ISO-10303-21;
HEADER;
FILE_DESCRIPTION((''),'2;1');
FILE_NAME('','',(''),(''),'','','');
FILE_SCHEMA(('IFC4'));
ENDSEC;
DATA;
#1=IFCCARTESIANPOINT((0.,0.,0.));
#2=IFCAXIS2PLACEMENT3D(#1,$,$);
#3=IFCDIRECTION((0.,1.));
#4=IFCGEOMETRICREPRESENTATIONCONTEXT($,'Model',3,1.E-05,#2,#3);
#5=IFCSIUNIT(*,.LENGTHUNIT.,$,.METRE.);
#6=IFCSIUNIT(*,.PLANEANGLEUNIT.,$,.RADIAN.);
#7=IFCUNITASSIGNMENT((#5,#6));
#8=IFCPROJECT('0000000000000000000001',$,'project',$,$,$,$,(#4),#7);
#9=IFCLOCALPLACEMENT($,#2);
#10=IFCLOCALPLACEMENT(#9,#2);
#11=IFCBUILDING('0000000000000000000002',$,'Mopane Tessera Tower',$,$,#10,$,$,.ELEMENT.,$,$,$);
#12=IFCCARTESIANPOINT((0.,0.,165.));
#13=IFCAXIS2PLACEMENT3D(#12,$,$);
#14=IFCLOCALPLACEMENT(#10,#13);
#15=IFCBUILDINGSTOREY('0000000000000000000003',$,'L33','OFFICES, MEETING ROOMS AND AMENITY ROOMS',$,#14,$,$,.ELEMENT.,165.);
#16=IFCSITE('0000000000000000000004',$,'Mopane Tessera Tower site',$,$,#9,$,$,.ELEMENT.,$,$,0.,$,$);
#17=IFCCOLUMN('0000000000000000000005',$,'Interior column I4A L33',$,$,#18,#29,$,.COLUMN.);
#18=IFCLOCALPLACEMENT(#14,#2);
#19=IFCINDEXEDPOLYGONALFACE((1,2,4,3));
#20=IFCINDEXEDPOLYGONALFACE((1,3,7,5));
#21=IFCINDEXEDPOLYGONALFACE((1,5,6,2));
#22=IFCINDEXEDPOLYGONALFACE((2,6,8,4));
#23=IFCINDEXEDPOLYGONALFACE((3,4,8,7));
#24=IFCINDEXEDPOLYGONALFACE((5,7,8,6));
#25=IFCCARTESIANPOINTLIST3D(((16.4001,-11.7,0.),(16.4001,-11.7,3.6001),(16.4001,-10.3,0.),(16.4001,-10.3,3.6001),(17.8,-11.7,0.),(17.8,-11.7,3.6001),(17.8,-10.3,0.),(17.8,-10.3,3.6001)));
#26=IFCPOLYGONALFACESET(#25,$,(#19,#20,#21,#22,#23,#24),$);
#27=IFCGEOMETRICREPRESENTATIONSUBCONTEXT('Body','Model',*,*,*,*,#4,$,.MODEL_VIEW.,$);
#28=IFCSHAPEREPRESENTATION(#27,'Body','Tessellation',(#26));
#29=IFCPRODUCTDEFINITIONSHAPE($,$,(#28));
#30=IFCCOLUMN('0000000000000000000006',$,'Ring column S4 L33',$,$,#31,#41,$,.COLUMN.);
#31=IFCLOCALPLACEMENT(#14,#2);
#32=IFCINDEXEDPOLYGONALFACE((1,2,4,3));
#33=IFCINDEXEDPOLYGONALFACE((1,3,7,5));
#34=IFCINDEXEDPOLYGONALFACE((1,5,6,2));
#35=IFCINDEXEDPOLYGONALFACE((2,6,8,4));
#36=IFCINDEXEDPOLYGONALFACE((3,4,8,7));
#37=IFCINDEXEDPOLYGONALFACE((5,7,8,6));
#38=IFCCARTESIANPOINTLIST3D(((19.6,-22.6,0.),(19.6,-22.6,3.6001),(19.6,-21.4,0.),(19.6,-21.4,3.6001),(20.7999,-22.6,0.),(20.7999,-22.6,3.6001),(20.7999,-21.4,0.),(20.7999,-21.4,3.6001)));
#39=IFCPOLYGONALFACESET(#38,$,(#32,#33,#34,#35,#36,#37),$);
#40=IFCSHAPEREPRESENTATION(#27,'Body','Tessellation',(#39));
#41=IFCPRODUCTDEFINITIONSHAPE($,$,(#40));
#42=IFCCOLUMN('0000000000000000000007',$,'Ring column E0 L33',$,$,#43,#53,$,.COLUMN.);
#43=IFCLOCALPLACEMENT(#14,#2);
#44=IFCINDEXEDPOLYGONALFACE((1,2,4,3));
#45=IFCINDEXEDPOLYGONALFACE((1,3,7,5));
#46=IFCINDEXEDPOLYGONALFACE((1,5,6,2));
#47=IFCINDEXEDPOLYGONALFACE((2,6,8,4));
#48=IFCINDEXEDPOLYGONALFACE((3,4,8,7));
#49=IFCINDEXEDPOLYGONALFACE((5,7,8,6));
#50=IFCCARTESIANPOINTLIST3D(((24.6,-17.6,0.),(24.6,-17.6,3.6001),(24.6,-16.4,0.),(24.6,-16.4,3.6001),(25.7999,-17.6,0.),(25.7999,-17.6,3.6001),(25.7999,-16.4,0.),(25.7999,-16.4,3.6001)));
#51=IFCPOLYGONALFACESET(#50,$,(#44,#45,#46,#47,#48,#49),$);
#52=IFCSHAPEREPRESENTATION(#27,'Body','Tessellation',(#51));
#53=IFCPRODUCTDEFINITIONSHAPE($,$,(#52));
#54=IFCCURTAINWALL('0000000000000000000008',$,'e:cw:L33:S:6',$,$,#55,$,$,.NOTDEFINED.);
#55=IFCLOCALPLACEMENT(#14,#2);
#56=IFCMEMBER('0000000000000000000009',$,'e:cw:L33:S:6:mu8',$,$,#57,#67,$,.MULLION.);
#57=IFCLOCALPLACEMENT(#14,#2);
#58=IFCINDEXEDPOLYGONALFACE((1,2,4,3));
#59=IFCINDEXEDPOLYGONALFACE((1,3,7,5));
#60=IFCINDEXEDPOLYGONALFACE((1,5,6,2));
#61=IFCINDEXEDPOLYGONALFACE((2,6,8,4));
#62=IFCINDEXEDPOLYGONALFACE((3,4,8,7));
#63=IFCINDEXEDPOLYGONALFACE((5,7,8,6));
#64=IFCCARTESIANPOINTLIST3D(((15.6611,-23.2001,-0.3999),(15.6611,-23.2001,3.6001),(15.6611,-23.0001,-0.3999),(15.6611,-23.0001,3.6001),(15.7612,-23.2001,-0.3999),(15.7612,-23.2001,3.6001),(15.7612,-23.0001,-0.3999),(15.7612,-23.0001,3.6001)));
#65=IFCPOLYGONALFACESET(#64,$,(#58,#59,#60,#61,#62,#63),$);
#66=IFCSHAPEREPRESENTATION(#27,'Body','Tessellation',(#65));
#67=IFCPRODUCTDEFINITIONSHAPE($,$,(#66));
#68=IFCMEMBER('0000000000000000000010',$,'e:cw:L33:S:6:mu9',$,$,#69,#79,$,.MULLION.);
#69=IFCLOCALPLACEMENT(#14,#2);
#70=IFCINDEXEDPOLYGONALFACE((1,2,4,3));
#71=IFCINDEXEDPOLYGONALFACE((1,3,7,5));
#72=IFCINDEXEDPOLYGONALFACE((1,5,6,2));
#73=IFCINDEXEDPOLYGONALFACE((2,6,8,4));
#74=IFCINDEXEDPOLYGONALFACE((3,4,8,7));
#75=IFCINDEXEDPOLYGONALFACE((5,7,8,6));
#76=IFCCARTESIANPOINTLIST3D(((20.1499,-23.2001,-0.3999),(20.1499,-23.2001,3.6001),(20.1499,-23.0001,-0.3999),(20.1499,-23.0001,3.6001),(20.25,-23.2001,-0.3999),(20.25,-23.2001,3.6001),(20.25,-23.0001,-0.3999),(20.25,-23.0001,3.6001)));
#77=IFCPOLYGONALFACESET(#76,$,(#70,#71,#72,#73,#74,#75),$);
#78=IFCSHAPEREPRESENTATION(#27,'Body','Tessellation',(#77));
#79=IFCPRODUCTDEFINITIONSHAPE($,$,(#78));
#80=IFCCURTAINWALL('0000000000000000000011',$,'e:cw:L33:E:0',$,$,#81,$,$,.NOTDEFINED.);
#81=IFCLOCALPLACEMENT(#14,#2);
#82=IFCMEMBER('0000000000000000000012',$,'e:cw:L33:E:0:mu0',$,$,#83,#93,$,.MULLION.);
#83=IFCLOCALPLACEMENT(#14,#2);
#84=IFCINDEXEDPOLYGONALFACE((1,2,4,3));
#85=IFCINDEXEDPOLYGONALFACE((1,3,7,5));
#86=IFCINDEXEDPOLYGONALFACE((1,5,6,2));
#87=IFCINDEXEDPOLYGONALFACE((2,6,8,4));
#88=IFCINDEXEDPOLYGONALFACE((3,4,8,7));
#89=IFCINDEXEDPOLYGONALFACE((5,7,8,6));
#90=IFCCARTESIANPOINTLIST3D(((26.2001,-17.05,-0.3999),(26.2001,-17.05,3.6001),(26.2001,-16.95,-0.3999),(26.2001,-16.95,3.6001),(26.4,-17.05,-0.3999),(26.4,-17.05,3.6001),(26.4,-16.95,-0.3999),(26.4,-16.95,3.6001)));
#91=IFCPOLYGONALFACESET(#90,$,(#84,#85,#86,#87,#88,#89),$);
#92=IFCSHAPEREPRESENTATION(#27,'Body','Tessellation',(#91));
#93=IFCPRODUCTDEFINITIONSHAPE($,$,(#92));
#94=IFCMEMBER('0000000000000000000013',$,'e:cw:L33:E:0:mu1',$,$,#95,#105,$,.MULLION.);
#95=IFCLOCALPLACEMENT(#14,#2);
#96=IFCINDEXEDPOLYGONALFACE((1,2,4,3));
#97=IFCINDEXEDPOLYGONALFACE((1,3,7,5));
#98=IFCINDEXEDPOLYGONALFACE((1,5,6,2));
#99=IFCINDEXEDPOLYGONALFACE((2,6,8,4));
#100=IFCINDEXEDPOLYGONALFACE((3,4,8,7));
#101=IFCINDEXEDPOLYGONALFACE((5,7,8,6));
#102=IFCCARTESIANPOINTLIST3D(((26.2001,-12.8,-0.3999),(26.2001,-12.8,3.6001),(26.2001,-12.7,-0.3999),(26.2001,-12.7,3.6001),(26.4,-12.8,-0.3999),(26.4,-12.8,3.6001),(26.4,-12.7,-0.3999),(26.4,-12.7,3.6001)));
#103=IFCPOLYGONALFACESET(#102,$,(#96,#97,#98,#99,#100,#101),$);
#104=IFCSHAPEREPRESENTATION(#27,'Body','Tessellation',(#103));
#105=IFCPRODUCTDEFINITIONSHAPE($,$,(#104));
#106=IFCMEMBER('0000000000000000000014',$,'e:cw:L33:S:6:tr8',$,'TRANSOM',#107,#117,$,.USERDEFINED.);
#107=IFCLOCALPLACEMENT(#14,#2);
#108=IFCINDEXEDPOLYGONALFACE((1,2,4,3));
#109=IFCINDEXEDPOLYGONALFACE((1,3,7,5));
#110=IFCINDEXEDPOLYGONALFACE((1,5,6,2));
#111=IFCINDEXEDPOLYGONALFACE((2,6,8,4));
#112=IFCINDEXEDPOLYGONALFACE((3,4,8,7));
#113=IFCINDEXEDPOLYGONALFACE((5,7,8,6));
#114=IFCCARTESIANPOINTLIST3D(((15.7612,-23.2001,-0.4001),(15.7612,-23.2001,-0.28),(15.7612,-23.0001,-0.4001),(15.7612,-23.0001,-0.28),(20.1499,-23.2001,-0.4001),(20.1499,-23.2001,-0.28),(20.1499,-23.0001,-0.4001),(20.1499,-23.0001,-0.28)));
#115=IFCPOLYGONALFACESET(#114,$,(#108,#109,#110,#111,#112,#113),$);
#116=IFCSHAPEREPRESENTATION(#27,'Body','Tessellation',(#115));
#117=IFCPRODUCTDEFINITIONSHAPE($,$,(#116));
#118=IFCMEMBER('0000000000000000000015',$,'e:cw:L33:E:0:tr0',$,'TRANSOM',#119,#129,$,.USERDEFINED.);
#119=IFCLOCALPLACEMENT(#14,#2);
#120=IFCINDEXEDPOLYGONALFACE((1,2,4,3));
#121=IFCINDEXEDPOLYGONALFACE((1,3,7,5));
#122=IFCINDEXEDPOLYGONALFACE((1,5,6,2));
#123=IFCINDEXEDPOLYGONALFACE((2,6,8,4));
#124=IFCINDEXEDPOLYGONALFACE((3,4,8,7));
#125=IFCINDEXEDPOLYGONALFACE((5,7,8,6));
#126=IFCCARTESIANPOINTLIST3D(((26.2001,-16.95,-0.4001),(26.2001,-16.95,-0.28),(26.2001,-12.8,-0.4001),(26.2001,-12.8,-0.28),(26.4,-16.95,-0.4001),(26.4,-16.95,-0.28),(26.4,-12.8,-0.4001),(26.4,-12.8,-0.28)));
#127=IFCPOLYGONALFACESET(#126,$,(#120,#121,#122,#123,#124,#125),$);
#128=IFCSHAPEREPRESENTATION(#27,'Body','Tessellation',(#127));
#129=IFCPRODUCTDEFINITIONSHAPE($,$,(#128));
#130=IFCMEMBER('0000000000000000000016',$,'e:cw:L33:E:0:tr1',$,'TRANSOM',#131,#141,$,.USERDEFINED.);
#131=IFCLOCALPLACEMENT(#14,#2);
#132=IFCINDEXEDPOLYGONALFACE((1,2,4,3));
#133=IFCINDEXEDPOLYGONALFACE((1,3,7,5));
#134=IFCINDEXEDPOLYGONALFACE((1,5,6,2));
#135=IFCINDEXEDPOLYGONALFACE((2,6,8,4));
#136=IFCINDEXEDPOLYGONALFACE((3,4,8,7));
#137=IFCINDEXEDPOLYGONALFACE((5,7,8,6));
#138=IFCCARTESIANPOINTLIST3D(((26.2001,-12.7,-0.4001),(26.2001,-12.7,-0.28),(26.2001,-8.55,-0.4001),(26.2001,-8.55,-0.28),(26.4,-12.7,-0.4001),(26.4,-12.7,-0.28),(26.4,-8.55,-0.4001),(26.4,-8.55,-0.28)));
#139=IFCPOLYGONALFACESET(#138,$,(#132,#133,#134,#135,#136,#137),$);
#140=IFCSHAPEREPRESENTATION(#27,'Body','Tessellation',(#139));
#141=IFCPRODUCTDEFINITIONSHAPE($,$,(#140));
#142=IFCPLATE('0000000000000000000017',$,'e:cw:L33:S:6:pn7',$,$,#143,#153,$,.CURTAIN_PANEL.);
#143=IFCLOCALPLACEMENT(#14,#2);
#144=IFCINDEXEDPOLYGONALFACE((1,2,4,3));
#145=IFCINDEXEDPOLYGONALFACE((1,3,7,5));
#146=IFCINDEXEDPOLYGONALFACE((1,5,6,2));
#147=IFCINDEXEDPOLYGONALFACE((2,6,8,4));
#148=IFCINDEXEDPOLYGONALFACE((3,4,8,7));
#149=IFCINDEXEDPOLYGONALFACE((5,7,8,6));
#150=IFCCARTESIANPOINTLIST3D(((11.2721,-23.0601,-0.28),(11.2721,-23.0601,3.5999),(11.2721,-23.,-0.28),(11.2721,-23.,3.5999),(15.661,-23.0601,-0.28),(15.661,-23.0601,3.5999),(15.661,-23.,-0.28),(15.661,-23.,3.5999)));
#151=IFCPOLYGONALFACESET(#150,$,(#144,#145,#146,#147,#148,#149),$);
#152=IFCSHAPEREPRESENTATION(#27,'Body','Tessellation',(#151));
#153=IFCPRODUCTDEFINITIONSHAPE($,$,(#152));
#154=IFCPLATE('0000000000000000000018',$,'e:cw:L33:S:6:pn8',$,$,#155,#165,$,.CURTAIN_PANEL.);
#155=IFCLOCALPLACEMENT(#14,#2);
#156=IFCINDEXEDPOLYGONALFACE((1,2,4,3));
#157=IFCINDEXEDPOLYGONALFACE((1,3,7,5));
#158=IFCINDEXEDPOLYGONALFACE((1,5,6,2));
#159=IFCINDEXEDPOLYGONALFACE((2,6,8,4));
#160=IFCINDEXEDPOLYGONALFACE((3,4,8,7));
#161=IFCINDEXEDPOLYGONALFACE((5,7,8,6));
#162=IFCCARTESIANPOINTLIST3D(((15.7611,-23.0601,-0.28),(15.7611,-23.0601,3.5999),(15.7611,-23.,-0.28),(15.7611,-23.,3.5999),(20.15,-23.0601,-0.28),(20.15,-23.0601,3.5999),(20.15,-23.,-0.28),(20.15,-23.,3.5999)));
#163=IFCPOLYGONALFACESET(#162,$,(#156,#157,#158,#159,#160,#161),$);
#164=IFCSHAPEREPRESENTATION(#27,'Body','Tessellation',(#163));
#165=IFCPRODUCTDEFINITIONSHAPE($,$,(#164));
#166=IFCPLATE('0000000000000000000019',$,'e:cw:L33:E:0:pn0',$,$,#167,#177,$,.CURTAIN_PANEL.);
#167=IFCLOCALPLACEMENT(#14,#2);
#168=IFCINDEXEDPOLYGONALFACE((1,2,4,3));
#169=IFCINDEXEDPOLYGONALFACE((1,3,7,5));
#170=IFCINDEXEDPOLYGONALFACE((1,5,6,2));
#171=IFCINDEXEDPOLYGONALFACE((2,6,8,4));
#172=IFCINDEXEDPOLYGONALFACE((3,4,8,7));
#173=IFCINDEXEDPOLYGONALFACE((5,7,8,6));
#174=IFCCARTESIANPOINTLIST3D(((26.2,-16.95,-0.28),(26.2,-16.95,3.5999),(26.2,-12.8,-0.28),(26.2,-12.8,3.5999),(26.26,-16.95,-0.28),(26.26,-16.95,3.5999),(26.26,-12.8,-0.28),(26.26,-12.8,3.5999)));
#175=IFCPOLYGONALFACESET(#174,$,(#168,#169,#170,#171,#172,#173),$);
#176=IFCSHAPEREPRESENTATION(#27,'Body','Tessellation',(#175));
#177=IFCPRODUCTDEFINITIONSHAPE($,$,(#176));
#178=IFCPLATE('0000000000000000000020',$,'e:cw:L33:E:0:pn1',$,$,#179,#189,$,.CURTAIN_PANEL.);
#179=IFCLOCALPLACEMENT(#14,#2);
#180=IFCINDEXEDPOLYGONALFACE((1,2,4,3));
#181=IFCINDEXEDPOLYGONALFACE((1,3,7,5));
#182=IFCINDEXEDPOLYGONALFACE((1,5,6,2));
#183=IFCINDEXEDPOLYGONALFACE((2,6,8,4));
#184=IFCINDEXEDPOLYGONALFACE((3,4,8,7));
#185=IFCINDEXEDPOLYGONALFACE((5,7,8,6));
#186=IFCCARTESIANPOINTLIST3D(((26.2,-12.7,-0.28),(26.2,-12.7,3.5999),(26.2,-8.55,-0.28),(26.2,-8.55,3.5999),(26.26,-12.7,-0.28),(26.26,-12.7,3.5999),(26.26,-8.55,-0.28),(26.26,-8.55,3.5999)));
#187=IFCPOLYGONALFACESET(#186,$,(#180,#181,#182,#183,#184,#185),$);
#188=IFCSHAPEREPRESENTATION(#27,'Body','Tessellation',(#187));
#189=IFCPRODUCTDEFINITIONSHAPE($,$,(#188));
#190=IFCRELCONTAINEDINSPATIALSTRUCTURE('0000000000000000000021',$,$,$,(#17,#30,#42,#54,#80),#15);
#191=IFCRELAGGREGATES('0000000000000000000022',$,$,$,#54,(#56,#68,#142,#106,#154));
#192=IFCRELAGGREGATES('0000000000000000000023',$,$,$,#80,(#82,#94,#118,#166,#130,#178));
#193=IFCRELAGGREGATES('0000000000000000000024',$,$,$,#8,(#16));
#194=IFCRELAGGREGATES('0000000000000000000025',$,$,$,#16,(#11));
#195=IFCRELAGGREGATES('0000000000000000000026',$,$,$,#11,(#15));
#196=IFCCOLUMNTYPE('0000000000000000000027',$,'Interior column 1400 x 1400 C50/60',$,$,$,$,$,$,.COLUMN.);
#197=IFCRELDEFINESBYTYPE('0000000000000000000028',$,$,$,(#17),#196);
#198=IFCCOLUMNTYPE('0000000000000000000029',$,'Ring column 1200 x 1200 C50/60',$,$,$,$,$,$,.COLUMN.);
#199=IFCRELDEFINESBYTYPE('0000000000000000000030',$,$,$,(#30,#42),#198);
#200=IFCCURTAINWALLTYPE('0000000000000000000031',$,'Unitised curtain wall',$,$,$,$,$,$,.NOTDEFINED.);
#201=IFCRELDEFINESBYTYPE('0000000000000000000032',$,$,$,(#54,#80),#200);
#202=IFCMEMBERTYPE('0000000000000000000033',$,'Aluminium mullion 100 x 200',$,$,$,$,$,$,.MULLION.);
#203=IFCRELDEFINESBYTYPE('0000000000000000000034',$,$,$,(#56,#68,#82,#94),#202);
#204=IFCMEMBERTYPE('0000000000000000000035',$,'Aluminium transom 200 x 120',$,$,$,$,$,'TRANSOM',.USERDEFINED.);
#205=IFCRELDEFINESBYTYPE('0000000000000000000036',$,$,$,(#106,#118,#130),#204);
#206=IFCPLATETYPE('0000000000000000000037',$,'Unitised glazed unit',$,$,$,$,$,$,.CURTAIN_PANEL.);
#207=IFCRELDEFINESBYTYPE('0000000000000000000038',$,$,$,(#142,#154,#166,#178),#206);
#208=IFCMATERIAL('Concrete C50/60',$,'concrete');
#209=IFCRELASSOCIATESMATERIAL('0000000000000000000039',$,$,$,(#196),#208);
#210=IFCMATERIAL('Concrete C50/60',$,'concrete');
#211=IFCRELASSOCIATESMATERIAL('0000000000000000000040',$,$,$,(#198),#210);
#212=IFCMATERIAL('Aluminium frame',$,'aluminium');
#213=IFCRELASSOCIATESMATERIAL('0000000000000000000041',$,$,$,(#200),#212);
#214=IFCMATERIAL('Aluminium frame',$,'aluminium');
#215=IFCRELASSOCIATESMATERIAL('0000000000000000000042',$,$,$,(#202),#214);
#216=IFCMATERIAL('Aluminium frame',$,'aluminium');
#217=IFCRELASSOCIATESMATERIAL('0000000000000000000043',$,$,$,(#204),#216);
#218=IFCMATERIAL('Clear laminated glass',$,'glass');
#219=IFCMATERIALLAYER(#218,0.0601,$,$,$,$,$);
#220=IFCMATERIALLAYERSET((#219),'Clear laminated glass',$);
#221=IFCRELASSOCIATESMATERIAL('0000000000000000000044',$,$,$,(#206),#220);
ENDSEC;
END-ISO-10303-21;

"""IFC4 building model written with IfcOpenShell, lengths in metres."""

from ifc_helpers import new_model, si_unit, direction, frame, origin, origin_2d, place, context, subcontext, project, spatial, rectangle, extrude, material, layer, layer_set, material_profile, profile_set, type_object, element, aggregate, save


model = new_model("IFC4")

# Units and contexts
model_context = context("Model", 3, precision=1e-05, world=origin(), true_north=direction((0.0, 1.0)))
body_context = subcontext(model_context, "Body", "Model", "MODEL_VIEW")
ifc_project = project(units=[si_unit("LENGTHUNIT", "METRE"), si_unit("PLANEANGLEUNIT", "RADIAN")], contexts=[model_context])

# Site, building, storey
site_placement = place(None, origin())
site = spatial("IfcSite", under=ifc_project, at=site_placement, Name="Mopane Tessera Tower site", CompositionType="ELEMENT", RefElevation=0.0)
building_placement = place(site_placement, origin())
building = spatial("IfcBuilding", under=site, at=building_placement, Name="Mopane Tessera Tower", CompositionType="ELEMENT")
storey_placement = place(building_placement, frame((0.0, 0.0, 165.0)))
storey = spatial("IfcBuildingStorey", under=building, at=storey_placement, Name="L33", Description="OFFICES, MEETING ROOMS AND AMENITY ROOMS", CompositionType="ELEMENT", Elevation=165.0)

# Columns
ifc_material_1 = material(Name="Concrete C50/60", Category="concrete")
ifc_material_profile_1 = material_profile(ifc_material_1, rectangle(XDim=1.3999, YDim=1.3999, at=origin_2d()))
ifc_profile_set_1 = profile_set([ifc_material_profile_1], Name="Concrete C50/60")
column_type_1 = type_object("IfcColumnType", Name="Interior column 1400 x 1400 C50/60", PredefinedType="COLUMN", material=ifc_profile_set_1)
column_placement = place(storey_placement, frame((17.1001, -11.0, 0.0), z_axis=(0.0, 0.0, 1.0), x_axis=(1.0, 0.0, 0.0)))
element("IfcColumn", 1, at=column_placement, inside=storey, type_object=column_type_1, Name="Interior column I4A L33", PredefinedType="COLUMN", context=body_context, shape_type="SweptSolid", body=[
    extrude(rectangle(XDim=1.3999, YDim=1.3999, at=origin_2d()), origin(), (0.0, 0.0, 1.0), 3.6001),
])
ifc_material_2 = material(Name="Concrete C50/60", Category="concrete")
ifc_material_profile_2 = material_profile(ifc_material_2, rectangle(XDim=1.2, YDim=1.2, at=origin_2d()))
ifc_profile_set_2 = profile_set([ifc_material_profile_2], Name="Concrete C50/60")
column_type_2 = type_object("IfcColumnType", Name="Ring column 1200 x 1200 C50/60", PredefinedType="COLUMN", material=ifc_profile_set_2)
for number, where, z_axis, x_axis, name in (
    (2, (20.2, -22.0, 0.0), (0.0, 0.0, 1.0), (1.0, 0.0, 0.0), "Ring column S4 L33"),
    (3, (25.2, -17.0, 0.0), (0.0, 0.0, 1.0), (1.0, 0.0, 0.0), "Ring column E0 L33"),
):
    element("IfcColumn", number, at=place(storey_placement, frame(where, z_axis=z_axis, x_axis=x_axis)), inside=storey, type_object=column_type_2, Name=name, PredefinedType="COLUMN", context=body_context, shape_type="SweptSolid", body=[
        extrude(rectangle(XDim=1.2, YDim=1.2, at=origin_2d()), origin(), (0.0, 0.0, 1.0), 3.6001),
    ])

# Curtain walls, members
ifc_material_3 = material(Name="Aluminium frame", Category="aluminium")
curtain_wall_type = type_object("IfcCurtainWallType", Name="Unitised curtain wall", PredefinedType="NOTDEFINED", material=ifc_material_3)
curtain_wall_1_placement = place(storey_placement, origin())
curtain_wall_1 = element("IfcCurtainWall", 4, at=curtain_wall_1_placement, inside=storey, type_object=curtain_wall_type, Name="e:cw:L33:S:6", PredefinedType="NOTDEFINED")
ifc_material_4 = material(Name="Aluminium frame", Category="aluminium")
ifc_material_profile_3 = material_profile(ifc_material_4, rectangle(XDim=0.1001, YDim=0.2, at=origin_2d()))
ifc_profile_set_3 = profile_set([ifc_material_profile_3], Name="Aluminium frame")
member_type_1 = type_object("IfcMemberType", Name="Aluminium mullion 100 x 200", PredefinedType="MULLION", material=ifc_profile_set_3)
member_1_placement = place(storey_placement, frame((15.7112, -23.1001, -0.3999), z_axis=(0.0, 0.0, 1.0), x_axis=(1.0, 0.0, 0.0)))
member_1 = element("IfcMember", 5, at=member_1_placement, type_object=member_type_1, Name="e:cw:L33:S:6:mu8", PredefinedType="MULLION", context=body_context, shape_type="SweptSolid", body=[
    extrude(rectangle(XDim=0.1001, YDim=0.2, at=origin_2d()), origin(), (0.0, 0.0, 1.0), 4.0),
])
member_2_placement = place(storey_placement, frame((20.2, -23.1001, -0.3999), z_axis=(0.0, 0.0, 1.0), x_axis=(1.0, 0.0, 0.0)))
member_2 = element("IfcMember", 6, at=member_2_placement, type_object=member_type_1, Name="e:cw:L33:S:6:mu9", PredefinedType="MULLION", context=body_context, shape_type="SweptSolid", body=[
    extrude(rectangle(XDim=0.1001, YDim=0.2, at=origin_2d()), origin(), (0.0, 0.0, 1.0), 4.0),
])
curtain_wall_2_placement = place(storey_placement, origin())
curtain_wall_2 = element("IfcCurtainWall", 7, at=curtain_wall_2_placement, inside=storey, type_object=curtain_wall_type, Name="e:cw:L33:E:0", PredefinedType="NOTDEFINED")
member_3_placement = place(storey_placement, frame((26.3, -17.0, -0.3999), z_axis=(0.0, 0.0, 1.0), x_axis=(0.0, 1.0, 0.0)))
member_3 = element("IfcMember", 8, at=member_3_placement, type_object=member_type_1, Name="e:cw:L33:E:0:mu0", PredefinedType="MULLION", context=body_context, shape_type="SweptSolid", body=[
    extrude(rectangle(XDim=0.1001, YDim=0.2, at=origin_2d()), origin(), (0.0, 0.0, 1.0), 4.0),
])
member_4_placement = place(storey_placement, frame((26.3, -12.75, -0.3999), z_axis=(0.0, 0.0, 1.0), x_axis=(0.0, 1.0, 0.0)))
member_4 = element("IfcMember", 9, at=member_4_placement, type_object=member_type_1, Name="e:cw:L33:E:0:mu1", PredefinedType="MULLION", context=body_context, shape_type="SweptSolid", body=[
    extrude(rectangle(XDim=0.1001, YDim=0.2, at=origin_2d()), origin(), (0.0, 0.0, 1.0), 4.0),
])

# Members
ifc_material_5 = material(Name="Aluminium frame", Category="aluminium")
ifc_material_profile_4 = material_profile(ifc_material_5, rectangle(XDim=0.2, YDim=0.1201, at=origin_2d()))
ifc_profile_set_4 = profile_set([ifc_material_profile_4], Name="Aluminium frame")
member_type_2 = type_object("IfcMemberType", Name="Aluminium transom 200 x 120", ElementType="TRANSOM", PredefinedType="USERDEFINED", material=ifc_profile_set_4)
member_5_placement = place(storey_placement, frame((15.7612, -23.1001, -0.3401), z_axis=(1.0, 0.0, 0.0), x_axis=(0.0, 1.0, 0.0)))
member_5 = element("IfcMember", 10, at=member_5_placement, type_object=member_type_2, Name="e:cw:L33:S:6:tr8", ObjectType="TRANSOM", PredefinedType="USERDEFINED", context=body_context, shape_type="SweptSolid", body=[
    extrude(rectangle(XDim=0.2, YDim=0.1201, at=origin_2d()), origin(), (0.0, 0.0, 1.0), 4.3887),
])
member_6_placement = place(storey_placement, frame((26.3, -16.95, -0.3401), z_axis=(0.0, 1.0, 0.0), x_axis=(-1.0, 0.0, 0.0)))
member_6 = element("IfcMember", 11, at=member_6_placement, type_object=member_type_2, Name="e:cw:L33:E:0:tr0", ObjectType="TRANSOM", PredefinedType="USERDEFINED", context=body_context, shape_type="SweptSolid", body=[
    extrude(rectangle(XDim=0.2, YDim=0.1201, at=origin_2d()), origin(), (0.0, 0.0, 1.0), 4.1499),
])
member_7_placement = place(storey_placement, frame((26.3, -12.7, -0.3401), z_axis=(0.0, 1.0, 0.0), x_axis=(-1.0, 0.0, 0.0)))
member_7 = element("IfcMember", 12, at=member_7_placement, type_object=member_type_2, Name="e:cw:L33:E:0:tr1", ObjectType="TRANSOM", PredefinedType="USERDEFINED", context=body_context, shape_type="SweptSolid", body=[
    extrude(rectangle(XDim=0.2, YDim=0.1201, at=origin_2d()), origin(), (0.0, 0.0, 1.0), 4.1499),
])

# Plates
ifc_material_6 = material(Name="Clear laminated glass", Category="glass")
ifc_layer_1 = layer(ifc_material_6, 0.0601)
ifc_layer_set_1 = layer_set([ifc_layer_1], Name="Clear laminated glass")
plate_type = type_object("IfcPlateType", Name="Unitised glazed unit", PredefinedType="CURTAIN_PANEL", material=ifc_layer_set_1)
plate_1_placement = place(storey_placement, frame((13.4666, -23.03, -0.28), z_axis=(0.0, 0.0, 1.0), x_axis=(1.0, 0.0, 0.0)))
plate_1 = element("IfcPlate", 13, at=plate_1_placement, type_object=plate_type, Name="e:cw:L33:S:6:pn7", PredefinedType="CURTAIN_PANEL", context=body_context, shape_type="SweptSolid", body=[
    extrude(rectangle(XDim=4.3889, YDim=0.0601, at=origin_2d()), origin(), (0.0, 0.0, 1.0), 3.8799),
])
plate_2_placement = place(storey_placement, frame((17.9556, -23.03, -0.28), z_axis=(0.0, 0.0, 1.0), x_axis=(1.0, 0.0, 0.0)))
plate_2 = element("IfcPlate", 14, at=plate_2_placement, type_object=plate_type, Name="e:cw:L33:S:6:pn8", PredefinedType="CURTAIN_PANEL", context=body_context, shape_type="SweptSolid", body=[
    extrude(rectangle(XDim=4.3889, YDim=0.0601, at=origin_2d()), origin(), (0.0, 0.0, 1.0), 3.8799),
])
aggregate(curtain_wall_1, [member_1, member_2, plate_1, member_5, plate_2])
plate_3_placement = place(storey_placement, frame((26.23, -14.875, -0.28), z_axis=(0.0, 0.0, 1.0), x_axis=(0.0, 1.0, 0.0)))
plate_3 = element("IfcPlate", 15, at=plate_3_placement, type_object=plate_type, Name="e:cw:L33:E:0:pn0", PredefinedType="CURTAIN_PANEL", context=body_context, shape_type="SweptSolid", body=[
    extrude(rectangle(XDim=4.1499, YDim=0.0601, at=origin_2d()), origin(), (0.0, 0.0, 1.0), 3.8799),
])
plate_4_placement = place(storey_placement, frame((26.23, -10.625, -0.28), z_axis=(0.0, 0.0, 1.0), x_axis=(0.0, 1.0, 0.0)))
plate_4 = element("IfcPlate", 16, at=plate_4_placement, type_object=plate_type, Name="e:cw:L33:E:0:pn1", PredefinedType="CURTAIN_PANEL", context=body_context, shape_type="SweptSolid", body=[
    extrude(rectangle(XDim=4.1499, YDim=0.0601, at=origin_2d()), origin(), (0.0, 0.0, 1.0), 3.8799),
])
aggregate(curtain_wall_2, [member_3, member_4, member_6, plate_3, member_7, plate_4])

save(model, "model.ifc")
